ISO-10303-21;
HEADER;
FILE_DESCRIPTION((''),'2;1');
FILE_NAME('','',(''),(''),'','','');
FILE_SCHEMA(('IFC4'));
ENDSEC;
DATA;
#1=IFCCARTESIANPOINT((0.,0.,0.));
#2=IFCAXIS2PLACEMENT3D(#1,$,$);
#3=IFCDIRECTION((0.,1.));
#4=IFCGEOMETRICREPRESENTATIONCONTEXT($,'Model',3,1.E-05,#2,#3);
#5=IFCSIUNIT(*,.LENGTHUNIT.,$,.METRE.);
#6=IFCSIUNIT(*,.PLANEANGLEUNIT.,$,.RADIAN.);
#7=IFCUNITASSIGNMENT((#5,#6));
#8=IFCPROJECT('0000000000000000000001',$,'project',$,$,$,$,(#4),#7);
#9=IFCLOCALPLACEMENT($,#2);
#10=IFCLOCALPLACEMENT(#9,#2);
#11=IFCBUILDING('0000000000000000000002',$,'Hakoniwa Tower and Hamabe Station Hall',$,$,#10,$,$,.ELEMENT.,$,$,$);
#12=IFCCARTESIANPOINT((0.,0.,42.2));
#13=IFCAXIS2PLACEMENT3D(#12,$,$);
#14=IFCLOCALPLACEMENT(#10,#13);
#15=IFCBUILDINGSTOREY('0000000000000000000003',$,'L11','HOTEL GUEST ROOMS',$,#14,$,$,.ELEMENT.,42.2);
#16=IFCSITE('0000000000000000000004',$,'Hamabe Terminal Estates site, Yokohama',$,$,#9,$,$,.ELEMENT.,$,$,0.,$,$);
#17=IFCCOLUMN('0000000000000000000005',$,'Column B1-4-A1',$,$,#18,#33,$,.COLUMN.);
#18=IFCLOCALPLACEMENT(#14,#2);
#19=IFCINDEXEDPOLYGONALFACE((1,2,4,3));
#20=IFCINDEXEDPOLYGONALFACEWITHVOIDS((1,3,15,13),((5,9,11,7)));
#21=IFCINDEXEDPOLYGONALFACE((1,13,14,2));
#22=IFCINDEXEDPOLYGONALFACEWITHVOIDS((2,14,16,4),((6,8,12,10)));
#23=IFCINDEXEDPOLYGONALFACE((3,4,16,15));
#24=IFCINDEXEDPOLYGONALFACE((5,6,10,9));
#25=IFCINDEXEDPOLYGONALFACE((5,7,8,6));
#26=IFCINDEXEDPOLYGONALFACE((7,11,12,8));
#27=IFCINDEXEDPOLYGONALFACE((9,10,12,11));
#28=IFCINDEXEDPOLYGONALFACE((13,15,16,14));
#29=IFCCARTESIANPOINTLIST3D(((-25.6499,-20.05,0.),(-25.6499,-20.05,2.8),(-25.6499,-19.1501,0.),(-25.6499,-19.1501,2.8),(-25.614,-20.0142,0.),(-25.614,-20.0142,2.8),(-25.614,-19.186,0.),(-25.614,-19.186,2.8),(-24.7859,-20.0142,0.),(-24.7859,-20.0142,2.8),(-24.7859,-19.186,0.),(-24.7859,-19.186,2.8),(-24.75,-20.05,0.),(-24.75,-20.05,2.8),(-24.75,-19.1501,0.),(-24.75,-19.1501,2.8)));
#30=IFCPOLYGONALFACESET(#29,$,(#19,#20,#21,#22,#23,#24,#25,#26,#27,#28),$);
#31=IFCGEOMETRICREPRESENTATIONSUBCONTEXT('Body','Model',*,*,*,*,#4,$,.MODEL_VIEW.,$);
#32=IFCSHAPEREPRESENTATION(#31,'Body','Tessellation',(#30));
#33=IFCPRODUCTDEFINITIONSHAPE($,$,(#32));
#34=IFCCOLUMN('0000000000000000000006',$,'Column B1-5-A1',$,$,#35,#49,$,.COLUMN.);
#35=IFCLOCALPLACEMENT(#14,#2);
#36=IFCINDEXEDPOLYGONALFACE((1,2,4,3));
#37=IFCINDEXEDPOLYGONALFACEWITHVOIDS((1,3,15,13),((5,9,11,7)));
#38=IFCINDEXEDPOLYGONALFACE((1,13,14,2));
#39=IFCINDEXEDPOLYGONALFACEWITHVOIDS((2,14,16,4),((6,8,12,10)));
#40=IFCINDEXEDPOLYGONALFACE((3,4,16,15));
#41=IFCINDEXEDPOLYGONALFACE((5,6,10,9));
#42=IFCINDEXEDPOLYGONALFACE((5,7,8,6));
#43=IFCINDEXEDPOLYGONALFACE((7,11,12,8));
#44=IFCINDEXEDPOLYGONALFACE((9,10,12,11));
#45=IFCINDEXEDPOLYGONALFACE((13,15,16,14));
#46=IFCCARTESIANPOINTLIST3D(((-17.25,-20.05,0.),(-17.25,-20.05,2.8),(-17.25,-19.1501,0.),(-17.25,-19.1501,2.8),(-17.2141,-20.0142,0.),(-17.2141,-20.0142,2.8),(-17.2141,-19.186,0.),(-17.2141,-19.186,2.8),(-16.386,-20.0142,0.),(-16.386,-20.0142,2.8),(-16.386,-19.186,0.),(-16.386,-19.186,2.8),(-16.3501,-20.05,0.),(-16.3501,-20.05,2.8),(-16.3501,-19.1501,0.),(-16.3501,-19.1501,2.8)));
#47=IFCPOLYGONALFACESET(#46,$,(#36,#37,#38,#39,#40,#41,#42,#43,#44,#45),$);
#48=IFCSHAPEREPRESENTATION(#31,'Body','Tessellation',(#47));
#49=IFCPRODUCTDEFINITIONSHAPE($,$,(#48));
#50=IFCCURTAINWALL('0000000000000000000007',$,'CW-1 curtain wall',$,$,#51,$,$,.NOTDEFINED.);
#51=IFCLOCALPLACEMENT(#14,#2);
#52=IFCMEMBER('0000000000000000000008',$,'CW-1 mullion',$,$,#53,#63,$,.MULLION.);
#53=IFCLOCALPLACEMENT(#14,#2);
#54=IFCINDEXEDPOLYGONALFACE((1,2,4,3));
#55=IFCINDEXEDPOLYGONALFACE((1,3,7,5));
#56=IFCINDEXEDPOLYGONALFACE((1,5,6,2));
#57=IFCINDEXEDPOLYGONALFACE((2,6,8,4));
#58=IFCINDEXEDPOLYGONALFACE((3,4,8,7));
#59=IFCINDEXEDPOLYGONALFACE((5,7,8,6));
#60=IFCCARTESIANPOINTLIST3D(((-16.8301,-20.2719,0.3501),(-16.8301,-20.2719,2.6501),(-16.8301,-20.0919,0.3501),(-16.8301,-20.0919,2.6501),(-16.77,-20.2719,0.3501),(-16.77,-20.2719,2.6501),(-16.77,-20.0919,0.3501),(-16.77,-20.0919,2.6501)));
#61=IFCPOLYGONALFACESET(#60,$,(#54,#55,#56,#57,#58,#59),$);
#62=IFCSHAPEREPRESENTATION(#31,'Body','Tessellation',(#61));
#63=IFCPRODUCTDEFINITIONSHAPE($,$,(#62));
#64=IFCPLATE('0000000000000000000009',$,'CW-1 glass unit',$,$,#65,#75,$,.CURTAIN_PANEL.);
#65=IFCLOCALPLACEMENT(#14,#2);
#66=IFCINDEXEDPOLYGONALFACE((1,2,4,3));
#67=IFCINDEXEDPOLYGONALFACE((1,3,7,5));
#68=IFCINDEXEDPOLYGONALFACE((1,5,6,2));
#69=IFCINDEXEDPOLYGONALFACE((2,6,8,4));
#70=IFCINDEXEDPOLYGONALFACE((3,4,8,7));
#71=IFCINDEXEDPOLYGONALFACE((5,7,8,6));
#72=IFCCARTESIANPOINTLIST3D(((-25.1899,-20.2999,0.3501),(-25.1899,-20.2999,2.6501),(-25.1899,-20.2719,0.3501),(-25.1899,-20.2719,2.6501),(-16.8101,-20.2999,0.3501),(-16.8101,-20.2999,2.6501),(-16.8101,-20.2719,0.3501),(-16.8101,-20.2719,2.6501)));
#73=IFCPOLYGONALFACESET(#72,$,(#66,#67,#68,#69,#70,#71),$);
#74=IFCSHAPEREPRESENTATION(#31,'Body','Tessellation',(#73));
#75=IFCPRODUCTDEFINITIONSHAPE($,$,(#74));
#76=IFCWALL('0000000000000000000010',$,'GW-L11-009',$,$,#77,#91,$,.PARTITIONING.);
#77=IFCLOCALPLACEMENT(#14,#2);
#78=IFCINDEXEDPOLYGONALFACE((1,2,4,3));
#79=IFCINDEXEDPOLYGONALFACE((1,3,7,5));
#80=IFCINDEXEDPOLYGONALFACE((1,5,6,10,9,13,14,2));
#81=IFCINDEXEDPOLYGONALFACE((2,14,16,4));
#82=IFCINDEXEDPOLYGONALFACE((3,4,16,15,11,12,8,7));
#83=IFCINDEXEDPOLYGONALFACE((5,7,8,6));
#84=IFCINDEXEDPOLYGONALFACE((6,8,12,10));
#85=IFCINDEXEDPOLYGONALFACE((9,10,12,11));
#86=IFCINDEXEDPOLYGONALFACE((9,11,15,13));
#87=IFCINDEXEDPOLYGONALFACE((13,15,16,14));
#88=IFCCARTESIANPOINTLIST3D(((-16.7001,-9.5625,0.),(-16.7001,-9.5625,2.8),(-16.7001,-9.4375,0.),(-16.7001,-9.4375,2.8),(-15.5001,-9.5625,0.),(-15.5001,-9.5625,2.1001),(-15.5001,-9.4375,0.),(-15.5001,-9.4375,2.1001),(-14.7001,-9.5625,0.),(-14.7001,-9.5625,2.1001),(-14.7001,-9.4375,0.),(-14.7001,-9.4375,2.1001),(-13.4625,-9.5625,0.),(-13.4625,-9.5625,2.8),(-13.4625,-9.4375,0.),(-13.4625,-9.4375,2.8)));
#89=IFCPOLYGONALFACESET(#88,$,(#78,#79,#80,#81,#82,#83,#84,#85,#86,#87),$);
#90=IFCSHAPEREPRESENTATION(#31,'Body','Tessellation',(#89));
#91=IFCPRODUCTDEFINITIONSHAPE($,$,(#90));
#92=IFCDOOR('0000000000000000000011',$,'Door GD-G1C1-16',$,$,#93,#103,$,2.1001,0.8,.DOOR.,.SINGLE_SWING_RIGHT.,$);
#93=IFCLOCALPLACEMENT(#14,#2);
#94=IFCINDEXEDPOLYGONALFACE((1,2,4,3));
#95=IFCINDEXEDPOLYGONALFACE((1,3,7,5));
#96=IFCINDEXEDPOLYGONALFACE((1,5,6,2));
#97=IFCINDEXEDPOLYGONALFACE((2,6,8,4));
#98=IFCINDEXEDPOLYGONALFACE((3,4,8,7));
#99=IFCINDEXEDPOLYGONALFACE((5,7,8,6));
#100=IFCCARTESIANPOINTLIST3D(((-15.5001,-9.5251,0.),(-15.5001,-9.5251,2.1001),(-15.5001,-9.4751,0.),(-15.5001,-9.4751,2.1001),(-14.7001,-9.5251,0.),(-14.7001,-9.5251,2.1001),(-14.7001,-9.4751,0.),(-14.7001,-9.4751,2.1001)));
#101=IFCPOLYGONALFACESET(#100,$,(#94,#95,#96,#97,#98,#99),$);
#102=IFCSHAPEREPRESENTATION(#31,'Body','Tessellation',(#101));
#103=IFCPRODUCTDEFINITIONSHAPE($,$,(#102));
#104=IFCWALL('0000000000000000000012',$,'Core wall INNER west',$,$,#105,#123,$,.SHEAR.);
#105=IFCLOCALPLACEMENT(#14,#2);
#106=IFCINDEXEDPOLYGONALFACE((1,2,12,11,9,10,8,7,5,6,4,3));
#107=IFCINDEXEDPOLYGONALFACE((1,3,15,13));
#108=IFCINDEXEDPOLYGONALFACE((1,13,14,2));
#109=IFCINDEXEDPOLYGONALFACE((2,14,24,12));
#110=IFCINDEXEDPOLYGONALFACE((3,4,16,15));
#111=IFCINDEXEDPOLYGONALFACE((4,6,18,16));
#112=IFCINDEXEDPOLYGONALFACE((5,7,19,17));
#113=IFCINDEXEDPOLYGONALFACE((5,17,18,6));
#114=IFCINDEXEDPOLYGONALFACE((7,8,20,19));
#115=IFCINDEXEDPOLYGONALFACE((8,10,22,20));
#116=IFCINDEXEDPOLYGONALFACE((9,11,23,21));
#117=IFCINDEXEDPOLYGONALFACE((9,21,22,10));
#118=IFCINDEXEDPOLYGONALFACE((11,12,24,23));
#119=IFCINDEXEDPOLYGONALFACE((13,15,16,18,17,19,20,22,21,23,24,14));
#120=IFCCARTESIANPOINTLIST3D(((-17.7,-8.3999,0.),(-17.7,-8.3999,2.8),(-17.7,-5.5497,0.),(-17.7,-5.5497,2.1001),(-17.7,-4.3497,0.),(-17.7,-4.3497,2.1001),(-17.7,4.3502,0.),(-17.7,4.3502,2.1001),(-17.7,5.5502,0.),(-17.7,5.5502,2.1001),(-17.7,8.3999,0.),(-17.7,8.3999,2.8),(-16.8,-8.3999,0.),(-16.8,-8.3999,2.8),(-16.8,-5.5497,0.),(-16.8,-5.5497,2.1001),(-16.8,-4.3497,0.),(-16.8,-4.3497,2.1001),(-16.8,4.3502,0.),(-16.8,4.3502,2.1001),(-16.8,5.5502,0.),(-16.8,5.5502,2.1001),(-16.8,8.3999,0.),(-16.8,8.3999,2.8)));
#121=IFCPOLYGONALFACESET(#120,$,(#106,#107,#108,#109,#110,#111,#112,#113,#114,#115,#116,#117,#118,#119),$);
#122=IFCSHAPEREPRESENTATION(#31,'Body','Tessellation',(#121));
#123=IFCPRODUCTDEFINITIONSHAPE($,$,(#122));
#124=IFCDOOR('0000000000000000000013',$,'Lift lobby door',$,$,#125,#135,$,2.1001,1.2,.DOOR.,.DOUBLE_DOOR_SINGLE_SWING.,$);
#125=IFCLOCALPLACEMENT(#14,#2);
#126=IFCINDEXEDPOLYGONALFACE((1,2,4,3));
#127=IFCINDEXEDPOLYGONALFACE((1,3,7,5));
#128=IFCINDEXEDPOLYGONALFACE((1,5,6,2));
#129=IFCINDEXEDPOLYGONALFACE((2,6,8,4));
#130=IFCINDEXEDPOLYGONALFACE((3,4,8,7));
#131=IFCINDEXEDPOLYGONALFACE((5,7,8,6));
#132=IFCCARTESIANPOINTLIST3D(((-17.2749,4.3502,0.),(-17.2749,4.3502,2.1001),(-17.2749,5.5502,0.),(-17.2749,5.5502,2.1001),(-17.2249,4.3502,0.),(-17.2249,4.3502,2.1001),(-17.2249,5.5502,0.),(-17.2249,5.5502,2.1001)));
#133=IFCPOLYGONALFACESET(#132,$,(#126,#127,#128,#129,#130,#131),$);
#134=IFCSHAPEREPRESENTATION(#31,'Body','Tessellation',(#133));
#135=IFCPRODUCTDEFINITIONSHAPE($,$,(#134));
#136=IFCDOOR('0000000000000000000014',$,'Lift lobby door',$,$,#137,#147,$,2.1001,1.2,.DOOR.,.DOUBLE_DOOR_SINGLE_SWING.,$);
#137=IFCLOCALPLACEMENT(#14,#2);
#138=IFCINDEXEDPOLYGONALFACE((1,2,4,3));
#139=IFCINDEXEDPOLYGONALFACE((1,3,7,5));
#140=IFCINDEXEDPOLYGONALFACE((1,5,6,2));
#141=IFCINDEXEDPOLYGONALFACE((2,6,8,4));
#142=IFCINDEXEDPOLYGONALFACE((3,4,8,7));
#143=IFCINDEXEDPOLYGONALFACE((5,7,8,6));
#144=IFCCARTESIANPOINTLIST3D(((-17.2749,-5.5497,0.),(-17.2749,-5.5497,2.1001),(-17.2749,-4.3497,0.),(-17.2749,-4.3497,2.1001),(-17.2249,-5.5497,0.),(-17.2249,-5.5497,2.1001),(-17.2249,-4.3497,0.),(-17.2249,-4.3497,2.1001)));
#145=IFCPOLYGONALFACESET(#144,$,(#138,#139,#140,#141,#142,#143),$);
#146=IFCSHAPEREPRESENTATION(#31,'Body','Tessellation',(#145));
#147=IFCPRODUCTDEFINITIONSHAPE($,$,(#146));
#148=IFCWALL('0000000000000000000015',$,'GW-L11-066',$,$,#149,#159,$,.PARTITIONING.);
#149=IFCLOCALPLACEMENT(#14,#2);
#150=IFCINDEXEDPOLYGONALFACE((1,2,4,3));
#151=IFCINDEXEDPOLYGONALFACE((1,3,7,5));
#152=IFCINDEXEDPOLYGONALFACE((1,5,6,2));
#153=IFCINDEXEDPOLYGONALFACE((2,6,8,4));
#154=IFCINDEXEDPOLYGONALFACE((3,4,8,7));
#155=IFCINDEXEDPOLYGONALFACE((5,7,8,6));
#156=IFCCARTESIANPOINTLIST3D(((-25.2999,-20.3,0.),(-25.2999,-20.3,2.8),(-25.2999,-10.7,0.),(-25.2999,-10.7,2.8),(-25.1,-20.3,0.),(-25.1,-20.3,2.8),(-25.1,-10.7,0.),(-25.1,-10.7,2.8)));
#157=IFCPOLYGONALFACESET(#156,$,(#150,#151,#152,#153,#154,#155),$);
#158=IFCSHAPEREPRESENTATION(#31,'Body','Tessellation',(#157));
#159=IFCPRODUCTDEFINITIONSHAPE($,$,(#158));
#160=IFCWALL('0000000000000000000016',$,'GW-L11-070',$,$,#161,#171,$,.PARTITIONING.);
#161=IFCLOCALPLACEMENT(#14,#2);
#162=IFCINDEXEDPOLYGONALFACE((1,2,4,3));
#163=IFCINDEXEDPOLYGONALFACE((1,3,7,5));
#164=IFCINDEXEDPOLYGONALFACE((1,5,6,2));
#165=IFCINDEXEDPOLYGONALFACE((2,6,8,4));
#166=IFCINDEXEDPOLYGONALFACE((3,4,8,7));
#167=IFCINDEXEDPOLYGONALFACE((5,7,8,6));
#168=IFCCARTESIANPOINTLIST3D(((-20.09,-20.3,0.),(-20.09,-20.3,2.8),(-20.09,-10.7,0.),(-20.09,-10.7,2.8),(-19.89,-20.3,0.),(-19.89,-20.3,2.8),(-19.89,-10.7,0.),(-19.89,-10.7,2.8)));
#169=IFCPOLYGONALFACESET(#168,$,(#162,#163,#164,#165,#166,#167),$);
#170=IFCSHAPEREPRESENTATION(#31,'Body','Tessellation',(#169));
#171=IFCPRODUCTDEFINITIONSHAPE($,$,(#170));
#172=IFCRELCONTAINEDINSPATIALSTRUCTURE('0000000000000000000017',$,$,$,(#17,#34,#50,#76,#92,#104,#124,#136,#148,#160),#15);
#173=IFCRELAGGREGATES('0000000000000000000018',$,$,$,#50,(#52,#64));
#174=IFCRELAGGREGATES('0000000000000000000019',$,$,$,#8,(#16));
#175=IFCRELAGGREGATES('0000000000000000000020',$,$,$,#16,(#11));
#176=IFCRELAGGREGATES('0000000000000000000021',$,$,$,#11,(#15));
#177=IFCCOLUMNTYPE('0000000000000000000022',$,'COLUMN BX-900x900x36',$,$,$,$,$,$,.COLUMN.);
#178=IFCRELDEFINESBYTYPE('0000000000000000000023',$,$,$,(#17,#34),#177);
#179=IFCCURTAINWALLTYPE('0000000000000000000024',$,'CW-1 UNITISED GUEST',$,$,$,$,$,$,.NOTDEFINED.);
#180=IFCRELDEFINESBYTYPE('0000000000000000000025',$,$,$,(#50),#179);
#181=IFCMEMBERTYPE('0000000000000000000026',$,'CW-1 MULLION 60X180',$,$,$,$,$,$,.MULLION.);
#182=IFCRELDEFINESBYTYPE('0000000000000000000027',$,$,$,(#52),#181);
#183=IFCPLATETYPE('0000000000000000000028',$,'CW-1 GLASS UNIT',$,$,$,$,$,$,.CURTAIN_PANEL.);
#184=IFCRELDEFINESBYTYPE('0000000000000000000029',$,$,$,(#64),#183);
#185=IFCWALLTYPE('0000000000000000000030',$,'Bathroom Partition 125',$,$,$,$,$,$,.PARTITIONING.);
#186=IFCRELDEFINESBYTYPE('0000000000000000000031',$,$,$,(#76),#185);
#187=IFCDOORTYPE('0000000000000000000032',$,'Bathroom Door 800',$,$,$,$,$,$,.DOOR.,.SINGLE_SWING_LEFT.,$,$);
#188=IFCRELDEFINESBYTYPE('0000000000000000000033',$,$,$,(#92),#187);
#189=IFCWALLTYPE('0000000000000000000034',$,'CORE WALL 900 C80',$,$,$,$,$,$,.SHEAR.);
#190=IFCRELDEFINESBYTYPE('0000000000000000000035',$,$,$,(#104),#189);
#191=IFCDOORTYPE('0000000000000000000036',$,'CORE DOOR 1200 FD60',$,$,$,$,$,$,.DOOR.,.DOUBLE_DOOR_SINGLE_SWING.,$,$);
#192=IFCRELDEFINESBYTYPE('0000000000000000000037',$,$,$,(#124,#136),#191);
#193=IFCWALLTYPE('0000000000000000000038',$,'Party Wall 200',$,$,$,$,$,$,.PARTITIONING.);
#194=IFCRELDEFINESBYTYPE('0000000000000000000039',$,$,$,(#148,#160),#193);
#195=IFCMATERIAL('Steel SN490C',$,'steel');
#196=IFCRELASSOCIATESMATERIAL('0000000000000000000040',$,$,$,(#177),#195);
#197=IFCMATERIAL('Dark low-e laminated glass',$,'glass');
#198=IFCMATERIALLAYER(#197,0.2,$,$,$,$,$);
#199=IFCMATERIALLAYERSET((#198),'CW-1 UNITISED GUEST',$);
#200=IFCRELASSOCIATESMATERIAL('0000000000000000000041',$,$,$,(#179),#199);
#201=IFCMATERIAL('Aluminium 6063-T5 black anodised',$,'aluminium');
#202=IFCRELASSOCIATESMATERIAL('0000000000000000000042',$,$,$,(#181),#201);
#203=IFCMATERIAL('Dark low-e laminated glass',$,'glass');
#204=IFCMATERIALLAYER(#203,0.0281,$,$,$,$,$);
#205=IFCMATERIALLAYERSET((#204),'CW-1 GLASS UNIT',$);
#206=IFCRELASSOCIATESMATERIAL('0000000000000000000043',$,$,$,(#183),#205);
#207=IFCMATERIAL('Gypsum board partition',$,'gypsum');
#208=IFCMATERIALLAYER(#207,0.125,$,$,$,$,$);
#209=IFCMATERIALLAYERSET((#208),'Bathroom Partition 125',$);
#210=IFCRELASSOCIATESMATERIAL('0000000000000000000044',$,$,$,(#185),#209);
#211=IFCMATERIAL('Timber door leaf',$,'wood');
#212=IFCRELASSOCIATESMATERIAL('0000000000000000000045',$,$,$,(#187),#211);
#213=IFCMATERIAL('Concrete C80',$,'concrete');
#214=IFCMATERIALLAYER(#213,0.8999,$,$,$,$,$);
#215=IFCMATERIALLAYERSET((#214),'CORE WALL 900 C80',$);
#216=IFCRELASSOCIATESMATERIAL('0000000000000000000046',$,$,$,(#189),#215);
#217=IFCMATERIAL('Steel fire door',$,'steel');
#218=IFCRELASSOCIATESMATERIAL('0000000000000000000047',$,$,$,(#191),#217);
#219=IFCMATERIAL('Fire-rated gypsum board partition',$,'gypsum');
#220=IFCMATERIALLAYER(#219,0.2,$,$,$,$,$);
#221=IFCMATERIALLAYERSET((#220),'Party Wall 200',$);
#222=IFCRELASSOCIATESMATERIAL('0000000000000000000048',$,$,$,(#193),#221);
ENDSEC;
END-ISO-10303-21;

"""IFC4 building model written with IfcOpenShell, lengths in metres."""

from ifc_helpers import new_model, si_unit, direction, frame, frame_2d, origin, origin_2d, place, context, subcontext, project, spatial, rectangle, hollow_rectangle, extrude, material, layer, layer_set, material_profile, profile_set, type_object, element, fill, aggregate, save


model = new_model("IFC4")

# Units and contexts
model_context = context("Model", 3, precision=1e-05, world=origin(), true_north=direction((0.0, 1.0)))
body_context = subcontext(model_context, "Body", "Model", "MODEL_VIEW")
ifc_project = project(units=[si_unit("LENGTHUNIT", "METRE"), si_unit("PLANEANGLEUNIT", "RADIAN")], contexts=[model_context])

# Site, building, storey
site_placement = place(None, origin())
site = spatial("IfcSite", under=ifc_project, at=site_placement, Name="Hamabe Terminal Estates site, Yokohama", CompositionType="ELEMENT", RefElevation=0.0)
building_placement = place(site_placement, origin())
building = spatial("IfcBuilding", under=site, at=building_placement, Name="Hakoniwa Tower and Hamabe Station Hall", CompositionType="ELEMENT")
storey_placement = place(building_placement, frame((0.0, 0.0, 42.2)))
storey = spatial("IfcBuildingStorey", under=building, at=storey_placement, Name="L11", Description="HOTEL GUEST ROOMS", CompositionType="ELEMENT", Elevation=42.2)

# Columns
ifc_material_1 = material(Name="Steel SN490C", Category="steel")
ifc_material_profile_1 = material_profile(ifc_material_1, hollow_rectangle(XDim=0.8999, YDim=0.8999, WallThickness=0.0359, at=origin_2d()), Name="BX-900x900x36")
ifc_profile_set_1 = profile_set([ifc_material_profile_1], Name="Steel SN490C")
column_type = type_object("IfcColumnType", Name="COLUMN BX-900x900x36", PredefinedType="COLUMN", material=ifc_profile_set_1)
for number, where, z_axis, x_axis, name in (
    (1, (-25.2, -19.6001, 0.0), (0.0, 0.0, 1.0), (1.0, 0.0, 0.0), "Column B1-4-A1"),
    (2, (-16.8, -19.6001, 0.0), (0.0, 0.0, 1.0), (1.0, 0.0, 0.0), "Column B1-5-A1"),
):
    element("IfcColumn", number, at=place(storey_placement, frame(where, z_axis=z_axis, x_axis=x_axis)), inside=storey, type_object=column_type, Name=name, PredefinedType="COLUMN", context=body_context, shape_type="SweptSolid", body=[
        extrude(hollow_rectangle(XDim=0.8999, YDim=0.8999, WallThickness=0.0359, at=origin_2d()), origin(), (0.0, 0.0, 1.0), 2.8),
    ])

# Curtain wall, member, plate
ifc_material_2 = material(Name="Dark low-e laminated glass", Category="glass")
ifc_layer_1 = layer(ifc_material_2, 0.2)
ifc_layer_set_1 = layer_set([ifc_layer_1], Name="CW-1 UNITISED GUEST")
curtain_wall_type = type_object("IfcCurtainWallType", Name="CW-1 UNITISED GUEST", PredefinedType="NOTDEFINED", material=ifc_layer_set_1)
curtain_wall_placement = place(storey_placement, origin())
curtain_wall = element("IfcCurtainWall", 3, at=curtain_wall_placement, inside=storey, type_object=curtain_wall_type, Name="CW-1 curtain wall", PredefinedType="NOTDEFINED")
ifc_material_3 = material(Name="Aluminium 6063-T5 black anodised", Category="aluminium")
ifc_material_profile_2 = material_profile(ifc_material_3, rectangle(XDim=0.0601, YDim=0.1799, at=origin_2d()), Name="CW-1 MULLION 60X180")
ifc_profile_set_2 = profile_set([ifc_material_profile_2], Name="Aluminium 6063-T5 black anodised")
member_type = type_object("IfcMemberType", Name="CW-1 MULLION 60X180", PredefinedType="MULLION", material=ifc_profile_set_2)
member_placement = place(storey_placement, frame((-16.8, -20.1819, 0.3501), z_axis=(0.0, 0.0, 1.0), x_axis=(1.0, 0.0, 0.0)))
member = element("IfcMember", 4, at=member_placement, type_object=member_type, Name="CW-1 mullion", PredefinedType="MULLION", context=body_context, shape_type="SweptSolid", body=[
    extrude(rectangle(XDim=0.0601, YDim=0.1799, at=origin_2d()), origin(), (0.0, 0.0, 1.0), 2.3),
])
ifc_material_4 = material(Name="Dark low-e laminated glass", Category="glass")
ifc_layer_2 = layer(ifc_material_4, 0.0281)
ifc_layer_set_2 = layer_set([ifc_layer_2], Name="CW-1 GLASS UNIT")
plate_type = type_object("IfcPlateType", Name="CW-1 GLASS UNIT", PredefinedType="CURTAIN_PANEL", material=ifc_layer_set_2)
plate_placement = place(storey_placement, frame((-21.0, -20.2859, 0.3501), z_axis=(0.0, 0.0, 1.0), x_axis=(1.0, 0.0, 0.0)))
plate = element("IfcPlate", 5, at=plate_placement, type_object=plate_type, Name="CW-1 glass unit", PredefinedType="CURTAIN_PANEL", context=body_context, shape_type="SweptSolid", body=[
    extrude(rectangle(XDim=8.3799, YDim=0.0281, at=origin_2d()), origin(), (0.0, 0.0, 1.0), 2.3),
])
aggregate(curtain_wall, [member, plate])

# Wall, opening, door
ifc_material_5 = material(Name="Gypsum board partition", Category="gypsum")
ifc_layer_3 = layer(ifc_material_5, 0.125)
ifc_layer_set_3 = layer_set([ifc_layer_3], Name="Bathroom Partition 125")
wall_type_1 = type_object("IfcWallType", Name="Bathroom Partition 125", PredefinedType="PARTITIONING", material=ifc_layer_set_3)
wall_1_placement = place(storey_placement, frame((-16.7, -9.5, 0.0), z_axis=(0.0, 0.0, 1.0), x_axis=(1.0, 0.0, 0.0)))
wall_1 = element("IfcWall", 6, at=wall_1_placement, inside=storey, type_object=wall_type_1, Name="GW-L11-009", PredefinedType="PARTITIONING", context=body_context, shape_type="SweptSolid", body=[
    extrude(rectangle(XDim=3.2375, YDim=0.125, at=frame_2d((1.6187, 0.0))), origin(), (0.0, 0.0, 1.0), 2.8),
])
opening_1_placement = place(wall_1_placement, frame((1.2, 0.0, 0.0)))
opening_1 = element("IfcOpeningElement", 7, at=opening_1_placement, cuts=wall_1, PredefinedType="OPENING", context=body_context, shape_type="SweptSolid", body=[
    extrude(rectangle(XDim=0.8, YDim=2.1001, at=frame_2d((0.3999, 1.05))), frame((0.0, 0.0725, 0.0), z_axis=(0.0, -1.0, 0.0), x_axis=(1.0, 0.0, 0.0)), (0.0, 0.0, 1.0), 0.145),
])
ifc_material_6 = material(Name="Timber door leaf", Category="wood")
door_type_1 = type_object("IfcDoorType", Name="Bathroom Door 800", OperationType="SINGLE_SWING_LEFT", PredefinedType="DOOR", material=ifc_material_6)
door_1_placement = place(opening_1_placement, origin())
door_1 = element("IfcDoor", 8, at=door_1_placement, inside=storey, type_object=door_type_1, Name="Door GD-G1C1-16", OperationType="SINGLE_SWING_RIGHT", OverallHeight=2.1001, OverallWidth=0.8, PredefinedType="DOOR", context=body_context, shape_type="SweptSolid", body=[
    extrude(rectangle(XDim=0.8, YDim=2.1001, at=frame_2d((0.3999, 1.05))), frame((0.0, 0.0249, 0.0), z_axis=(0.0, -1.0, 0.0), x_axis=(1.0, 0.0, 0.0)), (0.0, 0.0, 1.0), 0.05),
])
fill(opening_1, door_1)

# Wall, openings, doors
ifc_material_7 = material(Name="Concrete C80", Category="concrete")
ifc_layer_4 = layer(ifc_material_7, 0.8999)
ifc_layer_set_4 = layer_set([ifc_layer_4], Name="CORE WALL 900 C80")
wall_type_2 = type_object("IfcWallType", Name="CORE WALL 900 C80", PredefinedType="SHEAR", material=ifc_layer_set_4)
wall_2_placement = place(storey_placement, frame((-17.25, -8.3999, 0.0), z_axis=(0.0, 0.0, 1.0), x_axis=(0.0, 1.0, 0.0)))
wall_2 = element("IfcWall", 9, at=wall_2_placement, inside=storey, type_object=wall_type_2, Name="Core wall INNER west", PredefinedType="SHEAR", context=body_context, shape_type="SweptSolid", body=[
    extrude(rectangle(XDim=16.7998, YDim=0.8999, at=frame_2d((8.3999, 0.0))), origin(), (0.0, 0.0, 1.0), 2.8),
])
opening_2_placement = place(wall_2_placement, frame((12.75, 0.0, 0.0)))
opening_2 = element("IfcOpeningElement", 10, at=opening_2_placement, cuts=wall_2, PredefinedType="OPENING", context=body_context, shape_type="SweptSolid", body=[
    extrude(rectangle(XDim=1.2, YDim=2.1001, at=frame_2d((0.6001, 1.05))), frame((0.0, 0.46, 0.0), z_axis=(0.0, -1.0, 0.0), x_axis=(1.0, 0.0, 0.0)), (0.0, 0.0, 1.0), 0.9199),
])
opening_3_placement = place(wall_2_placement, frame((2.8501, 0.0, 0.0)))
opening_3 = element("IfcOpeningElement", 11, at=opening_3_placement, cuts=wall_2, PredefinedType="OPENING", context=body_context, shape_type="SweptSolid", body=[
    extrude(rectangle(XDim=1.2, YDim=2.1001, at=frame_2d((0.6001, 1.05))), frame((0.0, 0.46, 0.0), z_axis=(0.0, -1.0, 0.0), x_axis=(1.0, 0.0, 0.0)), (0.0, 0.0, 1.0), 0.9199),
])
ifc_material_8 = material(Name="Steel fire door", Category="steel")
door_type_2 = type_object("IfcDoorType", Name="CORE DOOR 1200 FD60", OperationType="DOUBLE_DOOR_SINGLE_SWING", PredefinedType="DOOR", material=ifc_material_8)
door_2_placement = place(opening_2_placement, origin())
door_2 = element("IfcDoor", 12, at=door_2_placement, inside=storey, type_object=door_type_2, Name="Lift lobby door", OperationType="DOUBLE_DOOR_SINGLE_SWING", OverallHeight=2.1001, OverallWidth=1.2, PredefinedType="DOOR", context=body_context, shape_type="SweptSolid", body=[
    extrude(rectangle(XDim=1.2, YDim=2.1001, at=frame_2d((0.6001, 1.05))), frame((0.0, 0.0249, 0.0), z_axis=(0.0, -1.0, 0.0), x_axis=(1.0, 0.0, 0.0)), (0.0, 0.0, 1.0), 0.05),
])
fill(opening_2, door_2)
door_3_placement = place(opening_3_placement, origin())
door_3 = element("IfcDoor", 13, at=door_3_placement, inside=storey, type_object=door_type_2, Name="Lift lobby door", OperationType="DOUBLE_DOOR_SINGLE_SWING", OverallHeight=2.1001, OverallWidth=1.2, PredefinedType="DOOR", context=body_context, shape_type="SweptSolid", body=[
    extrude(rectangle(XDim=1.2, YDim=2.1001, at=frame_2d((0.6001, 1.05))), frame((0.0, 0.0249, 0.0), z_axis=(0.0, -1.0, 0.0), x_axis=(1.0, 0.0, 0.0)), (0.0, 0.0, 1.0), 0.05),
])
fill(opening_3, door_3)

# Walls
ifc_material_9 = material(Name="Fire-rated gypsum board partition", Category="gypsum")
ifc_layer_5 = layer(ifc_material_9, 0.2)
ifc_layer_set_5 = layer_set([ifc_layer_5], Name="Party Wall 200")
wall_type_3 = type_object("IfcWallType", Name="Party Wall 200", PredefinedType="PARTITIONING", material=ifc_layer_set_5)
for number, where, z_axis, x_axis, name in (
    (14, (-25.2, -20.3, 0.0), (0.0, 0.0, 1.0), (0.0, 1.0, 0.0), "GW-L11-066"),
    (15, (-19.99, -20.3, 0.0), (0.0, 0.0, 1.0), (0.0, 1.0, 0.0), "GW-L11-070"),
):
    element("IfcWall", number, at=place(storey_placement, frame(where, z_axis=z_axis, x_axis=x_axis)), inside=storey, type_object=wall_type_3, Name=name, PredefinedType="PARTITIONING", context=body_context, shape_type="SweptSolid", body=[
        extrude(rectangle(XDim=9.6001, YDim=0.2, at=frame_2d((4.8, 0.0))), origin(), (0.0, 0.0, 1.0), 2.8),
    ])

save(model, "model.ifc")
